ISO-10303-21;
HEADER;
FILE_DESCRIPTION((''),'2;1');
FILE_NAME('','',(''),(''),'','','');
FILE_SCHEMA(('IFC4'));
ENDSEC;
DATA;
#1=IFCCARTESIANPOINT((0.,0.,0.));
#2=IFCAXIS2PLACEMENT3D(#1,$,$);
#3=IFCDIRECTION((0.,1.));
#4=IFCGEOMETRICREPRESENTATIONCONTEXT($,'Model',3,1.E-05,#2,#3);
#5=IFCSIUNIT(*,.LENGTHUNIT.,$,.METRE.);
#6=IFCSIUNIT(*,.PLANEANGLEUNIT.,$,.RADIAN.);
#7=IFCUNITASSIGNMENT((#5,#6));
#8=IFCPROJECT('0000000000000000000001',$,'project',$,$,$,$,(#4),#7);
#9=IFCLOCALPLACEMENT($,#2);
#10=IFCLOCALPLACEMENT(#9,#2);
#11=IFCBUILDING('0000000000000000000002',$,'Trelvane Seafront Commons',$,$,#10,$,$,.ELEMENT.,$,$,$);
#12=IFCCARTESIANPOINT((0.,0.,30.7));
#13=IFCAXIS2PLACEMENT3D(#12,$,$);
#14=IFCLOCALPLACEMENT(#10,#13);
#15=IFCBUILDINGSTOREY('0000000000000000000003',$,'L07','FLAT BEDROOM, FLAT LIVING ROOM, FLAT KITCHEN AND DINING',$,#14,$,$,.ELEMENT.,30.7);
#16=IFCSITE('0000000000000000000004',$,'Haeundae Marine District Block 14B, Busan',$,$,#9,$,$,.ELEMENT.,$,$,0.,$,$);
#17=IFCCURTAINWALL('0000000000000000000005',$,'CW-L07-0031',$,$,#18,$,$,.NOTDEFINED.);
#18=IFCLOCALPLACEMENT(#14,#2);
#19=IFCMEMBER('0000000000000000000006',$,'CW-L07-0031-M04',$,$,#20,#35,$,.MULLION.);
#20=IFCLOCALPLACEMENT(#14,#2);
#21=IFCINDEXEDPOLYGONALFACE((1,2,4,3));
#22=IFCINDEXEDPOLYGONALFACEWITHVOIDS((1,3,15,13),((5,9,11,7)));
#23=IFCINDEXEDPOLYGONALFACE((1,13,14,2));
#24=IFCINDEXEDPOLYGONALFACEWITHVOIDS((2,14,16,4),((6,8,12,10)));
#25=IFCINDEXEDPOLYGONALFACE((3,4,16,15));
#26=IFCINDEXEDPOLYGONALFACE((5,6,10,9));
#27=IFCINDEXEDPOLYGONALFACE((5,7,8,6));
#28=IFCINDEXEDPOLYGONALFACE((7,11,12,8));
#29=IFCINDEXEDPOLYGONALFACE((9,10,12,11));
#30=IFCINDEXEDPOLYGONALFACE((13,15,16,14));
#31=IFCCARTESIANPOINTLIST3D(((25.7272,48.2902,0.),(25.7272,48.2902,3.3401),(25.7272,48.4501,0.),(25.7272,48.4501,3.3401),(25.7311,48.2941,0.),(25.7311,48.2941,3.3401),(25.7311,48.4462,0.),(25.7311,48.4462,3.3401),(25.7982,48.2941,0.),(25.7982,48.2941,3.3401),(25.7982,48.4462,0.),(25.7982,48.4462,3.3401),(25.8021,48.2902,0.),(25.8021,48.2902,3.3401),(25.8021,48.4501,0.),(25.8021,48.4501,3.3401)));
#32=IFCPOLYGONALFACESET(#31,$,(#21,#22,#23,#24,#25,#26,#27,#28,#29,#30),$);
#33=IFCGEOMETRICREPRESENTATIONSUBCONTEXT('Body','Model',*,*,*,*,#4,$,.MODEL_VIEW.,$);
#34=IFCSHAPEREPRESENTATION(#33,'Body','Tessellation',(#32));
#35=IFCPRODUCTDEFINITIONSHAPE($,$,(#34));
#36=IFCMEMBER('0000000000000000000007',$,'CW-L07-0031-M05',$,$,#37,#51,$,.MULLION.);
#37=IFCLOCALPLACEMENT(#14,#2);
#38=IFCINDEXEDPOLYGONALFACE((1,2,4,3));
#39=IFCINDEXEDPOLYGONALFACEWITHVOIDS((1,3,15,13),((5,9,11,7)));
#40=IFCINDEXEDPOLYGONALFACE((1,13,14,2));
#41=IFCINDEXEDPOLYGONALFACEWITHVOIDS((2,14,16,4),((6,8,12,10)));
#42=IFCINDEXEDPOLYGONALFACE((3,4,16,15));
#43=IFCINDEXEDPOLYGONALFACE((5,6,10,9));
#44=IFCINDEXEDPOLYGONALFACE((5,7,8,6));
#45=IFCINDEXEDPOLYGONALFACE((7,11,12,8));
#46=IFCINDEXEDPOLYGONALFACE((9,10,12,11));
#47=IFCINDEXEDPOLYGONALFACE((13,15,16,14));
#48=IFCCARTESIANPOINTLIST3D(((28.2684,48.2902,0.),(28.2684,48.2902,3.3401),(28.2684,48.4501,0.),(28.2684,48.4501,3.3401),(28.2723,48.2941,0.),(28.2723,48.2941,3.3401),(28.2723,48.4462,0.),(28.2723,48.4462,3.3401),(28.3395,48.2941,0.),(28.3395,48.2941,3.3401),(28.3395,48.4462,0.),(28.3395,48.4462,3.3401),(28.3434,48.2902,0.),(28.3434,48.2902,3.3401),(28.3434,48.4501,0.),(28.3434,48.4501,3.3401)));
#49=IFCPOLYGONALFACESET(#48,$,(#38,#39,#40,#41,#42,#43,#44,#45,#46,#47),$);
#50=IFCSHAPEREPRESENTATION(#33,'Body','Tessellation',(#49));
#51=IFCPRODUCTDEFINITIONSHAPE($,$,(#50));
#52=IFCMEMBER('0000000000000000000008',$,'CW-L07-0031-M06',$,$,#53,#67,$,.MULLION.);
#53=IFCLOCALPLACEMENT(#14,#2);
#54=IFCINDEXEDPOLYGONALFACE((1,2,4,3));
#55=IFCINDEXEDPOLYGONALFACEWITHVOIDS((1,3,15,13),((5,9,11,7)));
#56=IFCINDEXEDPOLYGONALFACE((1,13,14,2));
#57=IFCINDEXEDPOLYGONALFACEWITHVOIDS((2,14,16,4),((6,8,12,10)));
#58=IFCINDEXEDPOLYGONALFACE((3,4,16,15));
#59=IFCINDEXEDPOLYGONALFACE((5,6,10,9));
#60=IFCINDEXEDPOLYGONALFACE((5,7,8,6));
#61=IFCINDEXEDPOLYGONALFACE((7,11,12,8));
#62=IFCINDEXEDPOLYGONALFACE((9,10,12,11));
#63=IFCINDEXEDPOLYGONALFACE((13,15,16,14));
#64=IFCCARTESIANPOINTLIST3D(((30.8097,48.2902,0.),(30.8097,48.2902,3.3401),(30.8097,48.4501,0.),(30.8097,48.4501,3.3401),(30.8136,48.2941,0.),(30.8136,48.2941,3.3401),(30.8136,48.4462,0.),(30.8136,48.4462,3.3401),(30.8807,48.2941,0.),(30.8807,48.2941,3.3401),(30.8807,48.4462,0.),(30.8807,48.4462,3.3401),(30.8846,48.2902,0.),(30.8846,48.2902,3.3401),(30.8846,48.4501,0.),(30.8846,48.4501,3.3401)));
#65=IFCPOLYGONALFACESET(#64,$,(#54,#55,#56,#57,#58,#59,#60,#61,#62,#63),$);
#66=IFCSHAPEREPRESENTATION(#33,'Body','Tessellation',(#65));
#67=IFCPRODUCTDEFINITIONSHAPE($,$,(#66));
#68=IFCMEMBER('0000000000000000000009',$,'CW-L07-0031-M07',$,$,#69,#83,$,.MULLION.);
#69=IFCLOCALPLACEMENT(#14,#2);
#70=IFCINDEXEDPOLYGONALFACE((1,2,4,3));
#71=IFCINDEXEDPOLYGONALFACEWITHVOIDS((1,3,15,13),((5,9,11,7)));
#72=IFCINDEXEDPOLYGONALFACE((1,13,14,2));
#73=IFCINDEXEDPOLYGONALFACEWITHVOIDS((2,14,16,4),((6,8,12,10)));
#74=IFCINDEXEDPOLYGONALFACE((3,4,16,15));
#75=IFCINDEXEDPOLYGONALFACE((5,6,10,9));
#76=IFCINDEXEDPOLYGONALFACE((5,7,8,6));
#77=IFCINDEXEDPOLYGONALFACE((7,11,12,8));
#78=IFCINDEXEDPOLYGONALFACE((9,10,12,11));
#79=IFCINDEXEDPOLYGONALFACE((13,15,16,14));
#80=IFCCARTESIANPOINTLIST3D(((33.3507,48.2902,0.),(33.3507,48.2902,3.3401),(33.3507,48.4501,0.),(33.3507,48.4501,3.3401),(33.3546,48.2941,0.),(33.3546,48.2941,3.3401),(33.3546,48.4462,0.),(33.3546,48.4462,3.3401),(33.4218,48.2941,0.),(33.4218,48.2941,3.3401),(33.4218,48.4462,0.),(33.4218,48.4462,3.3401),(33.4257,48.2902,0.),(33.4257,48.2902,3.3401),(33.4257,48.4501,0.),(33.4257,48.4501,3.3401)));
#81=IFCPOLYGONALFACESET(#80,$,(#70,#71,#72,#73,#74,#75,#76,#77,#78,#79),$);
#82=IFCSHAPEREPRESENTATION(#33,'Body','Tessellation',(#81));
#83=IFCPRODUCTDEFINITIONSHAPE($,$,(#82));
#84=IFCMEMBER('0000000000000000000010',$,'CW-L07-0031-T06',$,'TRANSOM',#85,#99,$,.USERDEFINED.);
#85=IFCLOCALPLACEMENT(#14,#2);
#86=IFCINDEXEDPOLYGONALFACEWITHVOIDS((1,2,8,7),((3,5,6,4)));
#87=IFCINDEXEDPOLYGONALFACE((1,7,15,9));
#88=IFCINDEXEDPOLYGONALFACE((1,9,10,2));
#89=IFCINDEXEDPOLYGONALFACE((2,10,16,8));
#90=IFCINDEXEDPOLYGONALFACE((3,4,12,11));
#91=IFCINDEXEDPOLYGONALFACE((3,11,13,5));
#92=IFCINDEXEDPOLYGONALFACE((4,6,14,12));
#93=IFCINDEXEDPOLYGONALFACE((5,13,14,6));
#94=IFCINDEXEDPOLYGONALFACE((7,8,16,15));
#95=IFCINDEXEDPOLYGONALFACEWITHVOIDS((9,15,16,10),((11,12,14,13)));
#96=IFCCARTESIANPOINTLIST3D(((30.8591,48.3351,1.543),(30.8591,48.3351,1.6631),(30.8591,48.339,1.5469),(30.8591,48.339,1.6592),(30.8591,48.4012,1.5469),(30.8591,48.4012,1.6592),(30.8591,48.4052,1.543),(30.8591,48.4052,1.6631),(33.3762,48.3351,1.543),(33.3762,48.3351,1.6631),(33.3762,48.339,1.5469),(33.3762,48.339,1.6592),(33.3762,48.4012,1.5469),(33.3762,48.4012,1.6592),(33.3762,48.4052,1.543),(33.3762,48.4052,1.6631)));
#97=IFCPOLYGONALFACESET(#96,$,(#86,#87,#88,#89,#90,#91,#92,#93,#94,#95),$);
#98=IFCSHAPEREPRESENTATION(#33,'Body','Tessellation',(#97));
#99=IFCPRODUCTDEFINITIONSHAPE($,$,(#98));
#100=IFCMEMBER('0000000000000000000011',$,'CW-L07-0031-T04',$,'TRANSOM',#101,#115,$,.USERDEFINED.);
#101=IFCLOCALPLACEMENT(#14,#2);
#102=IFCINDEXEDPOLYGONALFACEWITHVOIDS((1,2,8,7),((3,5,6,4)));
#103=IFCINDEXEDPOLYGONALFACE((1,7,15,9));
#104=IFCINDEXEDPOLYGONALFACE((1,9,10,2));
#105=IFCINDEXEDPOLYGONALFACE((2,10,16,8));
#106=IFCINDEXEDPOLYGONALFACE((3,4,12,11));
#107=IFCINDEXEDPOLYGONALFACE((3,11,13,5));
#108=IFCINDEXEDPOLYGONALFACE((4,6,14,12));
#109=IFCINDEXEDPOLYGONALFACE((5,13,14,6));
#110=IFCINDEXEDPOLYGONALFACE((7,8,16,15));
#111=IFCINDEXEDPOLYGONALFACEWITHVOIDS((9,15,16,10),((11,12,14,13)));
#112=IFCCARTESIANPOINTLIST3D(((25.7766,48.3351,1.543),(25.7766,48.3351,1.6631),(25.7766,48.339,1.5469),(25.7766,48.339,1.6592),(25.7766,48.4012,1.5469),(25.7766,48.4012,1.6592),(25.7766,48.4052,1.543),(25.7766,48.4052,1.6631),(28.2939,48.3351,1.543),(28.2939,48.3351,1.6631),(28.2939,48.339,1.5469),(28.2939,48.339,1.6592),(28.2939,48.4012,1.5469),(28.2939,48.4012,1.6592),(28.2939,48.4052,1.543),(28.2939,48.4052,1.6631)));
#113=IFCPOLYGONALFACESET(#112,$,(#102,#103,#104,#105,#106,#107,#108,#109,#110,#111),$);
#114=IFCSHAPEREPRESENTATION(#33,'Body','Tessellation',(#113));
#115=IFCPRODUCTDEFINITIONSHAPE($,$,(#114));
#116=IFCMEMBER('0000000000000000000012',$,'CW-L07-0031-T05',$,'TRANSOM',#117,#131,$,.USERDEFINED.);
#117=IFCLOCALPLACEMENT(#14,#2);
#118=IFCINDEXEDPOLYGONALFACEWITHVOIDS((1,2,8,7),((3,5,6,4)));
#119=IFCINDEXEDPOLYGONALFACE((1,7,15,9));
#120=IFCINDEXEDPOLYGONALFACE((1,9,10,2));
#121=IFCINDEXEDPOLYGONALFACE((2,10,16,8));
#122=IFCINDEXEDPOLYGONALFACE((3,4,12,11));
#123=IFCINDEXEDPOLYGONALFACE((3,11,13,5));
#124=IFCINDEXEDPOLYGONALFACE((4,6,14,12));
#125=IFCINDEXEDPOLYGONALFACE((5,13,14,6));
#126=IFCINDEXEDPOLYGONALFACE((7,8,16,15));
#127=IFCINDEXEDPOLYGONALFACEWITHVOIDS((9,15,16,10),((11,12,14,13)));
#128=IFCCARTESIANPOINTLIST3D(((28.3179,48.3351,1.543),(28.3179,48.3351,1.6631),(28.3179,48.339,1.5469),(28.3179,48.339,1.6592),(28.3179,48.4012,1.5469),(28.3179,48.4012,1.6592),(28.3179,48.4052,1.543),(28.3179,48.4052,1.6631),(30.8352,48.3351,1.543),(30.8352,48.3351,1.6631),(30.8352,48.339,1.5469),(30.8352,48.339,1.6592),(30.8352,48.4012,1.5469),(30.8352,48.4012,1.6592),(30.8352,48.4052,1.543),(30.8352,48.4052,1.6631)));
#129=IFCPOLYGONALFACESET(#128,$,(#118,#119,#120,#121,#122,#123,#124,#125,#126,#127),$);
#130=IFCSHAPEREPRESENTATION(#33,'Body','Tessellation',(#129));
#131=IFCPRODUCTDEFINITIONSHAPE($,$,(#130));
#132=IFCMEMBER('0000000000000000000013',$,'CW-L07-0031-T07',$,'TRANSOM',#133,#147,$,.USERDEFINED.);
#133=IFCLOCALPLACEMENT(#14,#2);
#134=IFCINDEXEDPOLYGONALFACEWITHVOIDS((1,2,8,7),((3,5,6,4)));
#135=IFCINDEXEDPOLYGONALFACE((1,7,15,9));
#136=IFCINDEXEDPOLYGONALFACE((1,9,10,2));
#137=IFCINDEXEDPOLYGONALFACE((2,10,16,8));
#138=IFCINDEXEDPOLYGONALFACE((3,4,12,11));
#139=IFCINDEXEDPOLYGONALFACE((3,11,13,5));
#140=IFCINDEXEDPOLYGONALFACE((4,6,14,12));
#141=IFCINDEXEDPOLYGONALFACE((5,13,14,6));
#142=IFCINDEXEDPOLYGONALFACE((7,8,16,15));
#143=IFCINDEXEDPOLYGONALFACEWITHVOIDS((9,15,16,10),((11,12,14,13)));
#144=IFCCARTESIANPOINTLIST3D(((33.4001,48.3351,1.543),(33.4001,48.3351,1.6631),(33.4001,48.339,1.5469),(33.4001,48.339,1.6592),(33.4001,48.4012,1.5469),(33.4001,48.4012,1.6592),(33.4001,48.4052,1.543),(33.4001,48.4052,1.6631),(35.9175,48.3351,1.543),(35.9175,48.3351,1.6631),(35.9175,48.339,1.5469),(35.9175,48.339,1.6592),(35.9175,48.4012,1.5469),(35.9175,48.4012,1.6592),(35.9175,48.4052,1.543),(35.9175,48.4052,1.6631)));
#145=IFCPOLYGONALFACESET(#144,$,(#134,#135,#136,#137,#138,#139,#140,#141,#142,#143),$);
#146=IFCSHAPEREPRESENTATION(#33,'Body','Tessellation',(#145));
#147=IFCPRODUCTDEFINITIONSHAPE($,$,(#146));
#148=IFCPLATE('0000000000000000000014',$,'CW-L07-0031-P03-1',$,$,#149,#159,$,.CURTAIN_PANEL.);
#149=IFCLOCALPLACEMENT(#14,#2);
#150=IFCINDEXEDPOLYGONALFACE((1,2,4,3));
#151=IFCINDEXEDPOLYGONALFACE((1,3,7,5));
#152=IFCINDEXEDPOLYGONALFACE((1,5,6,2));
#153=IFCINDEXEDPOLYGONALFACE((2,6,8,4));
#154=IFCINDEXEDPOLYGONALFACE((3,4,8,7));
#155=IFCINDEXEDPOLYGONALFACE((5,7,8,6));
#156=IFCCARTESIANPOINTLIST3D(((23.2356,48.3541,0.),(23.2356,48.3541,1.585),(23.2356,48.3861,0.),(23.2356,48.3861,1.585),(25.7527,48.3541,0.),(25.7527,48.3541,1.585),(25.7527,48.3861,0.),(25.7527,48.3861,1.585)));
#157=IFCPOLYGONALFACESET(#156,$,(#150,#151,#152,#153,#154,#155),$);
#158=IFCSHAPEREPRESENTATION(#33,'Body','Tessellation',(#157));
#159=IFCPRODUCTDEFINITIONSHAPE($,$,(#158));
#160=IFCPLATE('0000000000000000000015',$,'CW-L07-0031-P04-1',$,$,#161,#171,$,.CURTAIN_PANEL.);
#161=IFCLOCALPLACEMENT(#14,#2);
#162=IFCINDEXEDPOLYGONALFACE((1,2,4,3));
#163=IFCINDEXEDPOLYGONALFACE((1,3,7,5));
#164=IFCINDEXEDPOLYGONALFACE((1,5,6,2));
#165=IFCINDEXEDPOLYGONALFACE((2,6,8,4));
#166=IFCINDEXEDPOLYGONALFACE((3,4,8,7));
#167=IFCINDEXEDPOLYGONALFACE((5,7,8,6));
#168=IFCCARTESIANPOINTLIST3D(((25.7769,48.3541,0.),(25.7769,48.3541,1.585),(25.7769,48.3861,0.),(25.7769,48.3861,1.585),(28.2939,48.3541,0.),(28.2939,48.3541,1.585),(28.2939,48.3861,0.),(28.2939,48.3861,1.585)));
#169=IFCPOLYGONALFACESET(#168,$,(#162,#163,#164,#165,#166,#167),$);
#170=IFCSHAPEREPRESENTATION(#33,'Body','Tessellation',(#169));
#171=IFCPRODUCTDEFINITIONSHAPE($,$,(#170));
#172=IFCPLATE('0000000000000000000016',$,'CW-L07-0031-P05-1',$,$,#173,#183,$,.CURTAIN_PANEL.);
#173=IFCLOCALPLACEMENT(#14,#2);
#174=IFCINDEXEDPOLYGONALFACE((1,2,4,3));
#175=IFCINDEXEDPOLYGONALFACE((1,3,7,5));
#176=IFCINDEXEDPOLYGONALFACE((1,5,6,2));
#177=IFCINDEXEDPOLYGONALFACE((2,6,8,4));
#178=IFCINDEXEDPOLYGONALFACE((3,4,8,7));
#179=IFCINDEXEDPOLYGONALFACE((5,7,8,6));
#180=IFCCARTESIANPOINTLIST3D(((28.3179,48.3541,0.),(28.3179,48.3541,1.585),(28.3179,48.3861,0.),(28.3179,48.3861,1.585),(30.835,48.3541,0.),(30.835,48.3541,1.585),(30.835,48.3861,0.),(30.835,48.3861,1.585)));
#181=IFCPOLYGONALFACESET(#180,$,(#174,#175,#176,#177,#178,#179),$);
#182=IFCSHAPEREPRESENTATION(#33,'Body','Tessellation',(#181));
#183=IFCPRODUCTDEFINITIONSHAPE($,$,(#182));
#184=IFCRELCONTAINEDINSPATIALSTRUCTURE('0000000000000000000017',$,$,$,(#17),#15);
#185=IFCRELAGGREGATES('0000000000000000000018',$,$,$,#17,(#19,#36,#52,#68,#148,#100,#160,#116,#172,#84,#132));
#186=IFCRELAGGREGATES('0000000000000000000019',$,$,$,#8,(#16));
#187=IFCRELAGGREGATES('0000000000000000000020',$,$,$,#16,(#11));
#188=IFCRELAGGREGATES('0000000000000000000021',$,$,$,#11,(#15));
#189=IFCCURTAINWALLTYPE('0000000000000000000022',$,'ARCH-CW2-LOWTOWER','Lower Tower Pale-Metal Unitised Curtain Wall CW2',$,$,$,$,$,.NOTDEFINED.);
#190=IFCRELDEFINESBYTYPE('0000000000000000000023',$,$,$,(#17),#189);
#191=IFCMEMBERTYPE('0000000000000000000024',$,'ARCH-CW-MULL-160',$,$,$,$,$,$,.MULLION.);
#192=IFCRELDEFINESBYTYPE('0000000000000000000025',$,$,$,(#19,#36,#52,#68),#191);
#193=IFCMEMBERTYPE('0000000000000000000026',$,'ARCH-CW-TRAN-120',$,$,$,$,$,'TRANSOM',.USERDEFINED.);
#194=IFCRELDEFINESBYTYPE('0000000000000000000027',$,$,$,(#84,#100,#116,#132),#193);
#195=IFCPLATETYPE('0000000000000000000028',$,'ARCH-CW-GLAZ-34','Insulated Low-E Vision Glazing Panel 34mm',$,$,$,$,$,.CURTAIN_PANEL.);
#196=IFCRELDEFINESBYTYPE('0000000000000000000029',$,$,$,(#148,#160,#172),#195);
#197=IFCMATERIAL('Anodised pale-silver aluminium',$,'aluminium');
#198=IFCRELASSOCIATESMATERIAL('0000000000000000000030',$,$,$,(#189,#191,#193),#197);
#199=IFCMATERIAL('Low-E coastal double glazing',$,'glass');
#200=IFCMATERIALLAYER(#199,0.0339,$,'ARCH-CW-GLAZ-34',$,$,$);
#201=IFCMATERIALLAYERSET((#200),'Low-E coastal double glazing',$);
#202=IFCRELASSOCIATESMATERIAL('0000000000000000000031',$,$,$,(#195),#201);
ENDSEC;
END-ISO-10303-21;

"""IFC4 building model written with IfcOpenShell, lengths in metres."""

from ifc_helpers import new_model, si_unit, direction, frame, origin, origin_2d, place, context, subcontext, project, spatial, rectangle, hollow_rectangle, extrude, source, transform, mapped, material, layer, layer_set, material_profile, profile_set, type_object, element, aggregate, save


model = new_model("IFC4")

# Units and contexts
model_context = context("Model", 3, precision=1e-05, world=origin(), true_north=direction((0.0, 1.0)))
body_context = subcontext(model_context, "Body", "Model", "MODEL_VIEW")
ifc_project = project(units=[si_unit("LENGTHUNIT", "METRE"), si_unit("PLANEANGLEUNIT", "RADIAN")], contexts=[model_context])

# Site, building, storey
site_placement = place(None, origin())
site = spatial("IfcSite", under=ifc_project, at=site_placement, Name="Haeundae Marine District Block 14B, Busan", CompositionType="ELEMENT", RefElevation=0.0)
building_placement = place(site_placement, origin())
building = spatial("IfcBuilding", under=site, at=building_placement, Name="Trelvane Seafront Commons", CompositionType="ELEMENT")
storey_placement = place(building_placement, frame((0.0, 0.0, 30.7)))
storey = spatial("IfcBuildingStorey", under=building, at=storey_placement, Name="L07", Description="FLAT BEDROOM, FLAT LIVING ROOM, FLAT KITCHEN AND DINING", CompositionType="ELEMENT", Elevation=30.7)

# Curtain wall, members, plates
ifc_material_1 = material(Name="Anodised pale-silver aluminium", Category="aluminium")
curtain_wall_type = type_object("IfcCurtainWallType", Name="ARCH-CW2-LOWTOWER", Description="Lower Tower Pale-Metal Unitised Curtain Wall CW2", PredefinedType="NOTDEFINED", material=ifc_material_1)
curtain_wall_placement = place(storey_placement, origin())
curtain_wall = element("IfcCurtainWall", 1, at=curtain_wall_placement, inside=storey, type_object=curtain_wall_type, Name="CW-L07-0031", PredefinedType="NOTDEFINED")
ifc_material_profile_1 = material_profile(ifc_material_1, hollow_rectangle(XDim=0.075, YDim=0.1599, WallThickness=0.0039, at=origin_2d()), Name="MULL-75x160x4")
ifc_profile_set_1 = profile_set([ifc_material_profile_1], Name="Anodised pale-silver aluminium")
member_type_1 = type_object("IfcMemberType", Name="ARCH-CW-MULL-160", PredefinedType="MULLION", material=ifc_profile_set_1)
shared_shape_1 = source(origin(), body_context, "Body", "SweptSolid", [
    extrude(hollow_rectangle(XDim=0.075, YDim=0.1599, WallThickness=0.0039, at=origin_2d()), origin(), (0.0, 0.0, 1.0), 3.3401),
])
member_1_placement = place(storey_placement, frame((25.7646, 48.3701, 0.0), z_axis=(0.0, 0.0, 1.0), x_axis=(1.0, 0.0, 0.0)))
member_1 = element("IfcMember", 2, at=member_1_placement, type_object=member_type_1, Name="CW-L07-0031-M04", PredefinedType="MULLION", context=body_context, shape_type="MappedRepresentation", body=[
    mapped(shared_shape_1, transform((0.0, 0.0, 0.0), x_axis=(1.0, 0.0, 0.0), y_axis=(0.0, 1.0, 0.0), z_axis=(0.0, 0.0, 1.0), scale=1.0)),
])
member_2_placement = place(storey_placement, frame((28.3059, 48.3701, 0.0), z_axis=(0.0, 0.0, 1.0), x_axis=(1.0, 0.0, 0.0)))
member_2 = element("IfcMember", 3, at=member_2_placement, type_object=member_type_1, Name="CW-L07-0031-M05", PredefinedType="MULLION", context=body_context, shape_type="MappedRepresentation", body=[
    mapped(shared_shape_1, transform((0.0, 0.0, 0.0), x_axis=(1.0, 0.0, 0.0), y_axis=(0.0, 1.0, 0.0), z_axis=(0.0, 0.0, 1.0), scale=1.0)),
])
member_3_placement = place(storey_placement, frame((30.8472, 48.3701, 0.0), z_axis=(0.0, 0.0, 1.0), x_axis=(1.0, 0.0, 0.0)))
member_3 = element("IfcMember", 4, at=member_3_placement, type_object=member_type_1, Name="CW-L07-0031-M06", PredefinedType="MULLION", context=body_context, shape_type="MappedRepresentation", body=[
    mapped(shared_shape_1, transform((0.0, 0.0, 0.0), x_axis=(1.0, 0.0, 0.0), y_axis=(0.0, 1.0, 0.0), z_axis=(0.0, 0.0, 1.0), scale=1.0)),
])
member_4_placement = place(storey_placement, frame((33.3882, 48.3701, 0.0), z_axis=(0.0, 0.0, 1.0), x_axis=(1.0, 0.0, 0.0)))
member_4 = element("IfcMember", 5, at=member_4_placement, type_object=member_type_1, Name="CW-L07-0031-M07", PredefinedType="MULLION", context=body_context, shape_type="MappedRepresentation", body=[
    mapped(shared_shape_1, transform((0.0, 0.0, 0.0), x_axis=(1.0, 0.0, 0.0), y_axis=(0.0, 1.0, 0.0), z_axis=(0.0, 0.0, 1.0), scale=1.0)),
])
ifc_material_profile_2 = material_profile(ifc_material_1, hollow_rectangle(XDim=0.0701, YDim=0.1201, WallThickness=0.0039, at=origin_2d()), Name="TRAN-70x120x4")
ifc_profile_set_2 = profile_set([ifc_material_profile_2], Name="Anodised pale-silver aluminium")
member_type_2 = type_object("IfcMemberType", Name="ARCH-CW-TRAN-120", ElementType="TRANSOM", PredefinedType="USERDEFINED", material=ifc_profile_set_2)
shared_shape_2 = source(origin(), body_context, "Body", "SweptSolid", [
    extrude(hollow_rectangle(XDim=0.0701, YDim=0.1201, WallThickness=0.0039, at=origin_2d()), origin(), (0.0, 0.0, 1.0), 2.5171),
])
member_5_placement = place(storey_placement, frame((30.8591, 48.3701, 1.603), z_axis=(1.0, 0.0, 0.0), x_axis=(0.0, 1.0, 0.0)))
member_5 = element("IfcMember", 6, at=member_5_placement, type_object=member_type_2, Name="CW-L07-0031-T06", ObjectType="TRANSOM", PredefinedType="USERDEFINED", context=body_context, shape_type="MappedRepresentation", body=[
    mapped(shared_shape_2, transform((0.0, 0.0, 0.0), x_axis=(1.0, 0.0, 0.0), y_axis=(0.0, 1.0, 0.0), z_axis=(0.0, 0.0, 1.0), scale=1.0)),
])
shared_shape_3 = source(origin(), body_context, "Body", "SweptSolid", [
    extrude(hollow_rectangle(XDim=0.0701, YDim=0.1201, WallThickness=0.0039, at=origin_2d()), origin(), (0.0, 0.0, 1.0), 2.5173),
])
member_6_placement = place(storey_placement, frame((25.7766, 48.3701, 1.603), z_axis=(1.0, 0.0, 0.0), x_axis=(0.0, 1.0, 0.0)))
member_6 = element("IfcMember", 7, at=member_6_placement, type_object=member_type_2, Name="CW-L07-0031-T04", ObjectType="TRANSOM", PredefinedType="USERDEFINED", context=body_context, shape_type="MappedRepresentation", body=[
    mapped(shared_shape_3, transform((0.0, 0.0, 0.0), x_axis=(1.0, 0.0, 0.0), y_axis=(0.0, 1.0, 0.0), z_axis=(0.0, 0.0, 1.0), scale=1.0)),
])
member_7_placement = place(storey_placement, frame((28.3179, 48.3701, 1.603), z_axis=(1.0, 0.0, 0.0), x_axis=(0.0, 1.0, 0.0)))
member_7 = element("IfcMember", 8, at=member_7_placement, type_object=member_type_2, Name="CW-L07-0031-T05", ObjectType="TRANSOM", PredefinedType="USERDEFINED", context=body_context, shape_type="MappedRepresentation", body=[
    mapped(shared_shape_3, transform((0.0, 0.0, 0.0), x_axis=(1.0, 0.0, 0.0), y_axis=(0.0, 1.0, 0.0), z_axis=(0.0, 0.0, 1.0), scale=1.0)),
])
member_8_placement = place(storey_placement, frame((33.4001, 48.3701, 1.603), z_axis=(1.0, 0.0, 0.0), x_axis=(0.0, 1.0, 0.0)))
member_8 = element("IfcMember", 9, at=member_8_placement, type_object=member_type_2, Name="CW-L07-0031-T07", ObjectType="TRANSOM", PredefinedType="USERDEFINED", context=body_context, shape_type="MappedRepresentation", body=[
    mapped(shared_shape_3, transform((0.0, 0.0, 0.0), x_axis=(1.0, 0.0, 0.0), y_axis=(0.0, 1.0, 0.0), z_axis=(0.0, 0.0, 1.0), scale=1.0)),
])
ifc_material_2 = material(Name="Low-E coastal double glazing", Category="glass")
ifc_layer_1 = layer(ifc_material_2, 0.0339, Name="ARCH-CW-GLAZ-34")
ifc_layer_set_1 = layer_set([ifc_layer_1], Name="Low-E coastal double glazing")
plate_type_1 = type_object("IfcPlateType", Name="ARCH-CW-GLAZ-34", Description="Insulated Low-E Vision Glazing Panel 34mm", PredefinedType="CURTAIN_PANEL", material=ifc_layer_set_1)
shared_shape_4 = source(origin(), body_context, "Body", "SweptSolid", [
    extrude(rectangle(XDim=2.5171, YDim=0.032, at=origin_2d()), origin(), (0.0, 0.0, 1.0), 1.585),
])
plate_1_placement = place(storey_placement, frame((24.4941, 48.3701, 0.0), z_axis=(0.0, 0.0, 1.0), x_axis=(1.0, 0.0, 0.0)))
plate_1 = element("IfcPlate", 10, at=plate_1_placement, type_object=plate_type_1, Name="CW-L07-0031-P03-1", PredefinedType="CURTAIN_PANEL", context=body_context, shape_type="MappedRepresentation", body=[
    mapped(shared_shape_4, transform((0.0, 0.0, 0.0), x_axis=(1.0, 0.0, 0.0), y_axis=(0.0, 1.0, 0.0), z_axis=(0.0, 0.0, 1.0), scale=1.0)),
])
plate_2_placement = place(storey_placement, frame((27.0354, 48.3701, 0.0), z_axis=(0.0, 0.0, 1.0), x_axis=(1.0, 0.0, 0.0)))
plate_2 = element("IfcPlate", 11, at=plate_2_placement, type_object=plate_type_1, Name="CW-L07-0031-P04-1", PredefinedType="CURTAIN_PANEL", context=body_context, shape_type="MappedRepresentation", body=[
    mapped(shared_shape_4, transform((0.0, 0.0, 0.0), x_axis=(1.0, 0.0, 0.0), y_axis=(0.0, 1.0, 0.0), z_axis=(0.0, 0.0, 1.0), scale=1.0)),
])
plate_3_placement = place(storey_placement, frame((29.5764, 48.3701, 0.0), z_axis=(0.0, 0.0, 1.0), x_axis=(1.0, 0.0, 0.0)))
plate_3 = element("IfcPlate", 12, at=plate_3_placement, type_object=plate_type_1, Name="CW-L07-0031-P05-1", PredefinedType="CURTAIN_PANEL", context=body_context, shape_type="MappedRepresentation", body=[
    mapped(shared_shape_4, transform((0.0, 0.0, 0.0), x_axis=(1.0, 0.0, 0.0), y_axis=(0.0, 1.0, 0.0), z_axis=(0.0, 0.0, 1.0), scale=1.0)),
])
aggregate(curtain_wall, [member_1, member_2, member_3, member_4, plate_1, member_6, plate_2, member_7, plate_3, member_5, member_8])

save(model, "model.ifc")
